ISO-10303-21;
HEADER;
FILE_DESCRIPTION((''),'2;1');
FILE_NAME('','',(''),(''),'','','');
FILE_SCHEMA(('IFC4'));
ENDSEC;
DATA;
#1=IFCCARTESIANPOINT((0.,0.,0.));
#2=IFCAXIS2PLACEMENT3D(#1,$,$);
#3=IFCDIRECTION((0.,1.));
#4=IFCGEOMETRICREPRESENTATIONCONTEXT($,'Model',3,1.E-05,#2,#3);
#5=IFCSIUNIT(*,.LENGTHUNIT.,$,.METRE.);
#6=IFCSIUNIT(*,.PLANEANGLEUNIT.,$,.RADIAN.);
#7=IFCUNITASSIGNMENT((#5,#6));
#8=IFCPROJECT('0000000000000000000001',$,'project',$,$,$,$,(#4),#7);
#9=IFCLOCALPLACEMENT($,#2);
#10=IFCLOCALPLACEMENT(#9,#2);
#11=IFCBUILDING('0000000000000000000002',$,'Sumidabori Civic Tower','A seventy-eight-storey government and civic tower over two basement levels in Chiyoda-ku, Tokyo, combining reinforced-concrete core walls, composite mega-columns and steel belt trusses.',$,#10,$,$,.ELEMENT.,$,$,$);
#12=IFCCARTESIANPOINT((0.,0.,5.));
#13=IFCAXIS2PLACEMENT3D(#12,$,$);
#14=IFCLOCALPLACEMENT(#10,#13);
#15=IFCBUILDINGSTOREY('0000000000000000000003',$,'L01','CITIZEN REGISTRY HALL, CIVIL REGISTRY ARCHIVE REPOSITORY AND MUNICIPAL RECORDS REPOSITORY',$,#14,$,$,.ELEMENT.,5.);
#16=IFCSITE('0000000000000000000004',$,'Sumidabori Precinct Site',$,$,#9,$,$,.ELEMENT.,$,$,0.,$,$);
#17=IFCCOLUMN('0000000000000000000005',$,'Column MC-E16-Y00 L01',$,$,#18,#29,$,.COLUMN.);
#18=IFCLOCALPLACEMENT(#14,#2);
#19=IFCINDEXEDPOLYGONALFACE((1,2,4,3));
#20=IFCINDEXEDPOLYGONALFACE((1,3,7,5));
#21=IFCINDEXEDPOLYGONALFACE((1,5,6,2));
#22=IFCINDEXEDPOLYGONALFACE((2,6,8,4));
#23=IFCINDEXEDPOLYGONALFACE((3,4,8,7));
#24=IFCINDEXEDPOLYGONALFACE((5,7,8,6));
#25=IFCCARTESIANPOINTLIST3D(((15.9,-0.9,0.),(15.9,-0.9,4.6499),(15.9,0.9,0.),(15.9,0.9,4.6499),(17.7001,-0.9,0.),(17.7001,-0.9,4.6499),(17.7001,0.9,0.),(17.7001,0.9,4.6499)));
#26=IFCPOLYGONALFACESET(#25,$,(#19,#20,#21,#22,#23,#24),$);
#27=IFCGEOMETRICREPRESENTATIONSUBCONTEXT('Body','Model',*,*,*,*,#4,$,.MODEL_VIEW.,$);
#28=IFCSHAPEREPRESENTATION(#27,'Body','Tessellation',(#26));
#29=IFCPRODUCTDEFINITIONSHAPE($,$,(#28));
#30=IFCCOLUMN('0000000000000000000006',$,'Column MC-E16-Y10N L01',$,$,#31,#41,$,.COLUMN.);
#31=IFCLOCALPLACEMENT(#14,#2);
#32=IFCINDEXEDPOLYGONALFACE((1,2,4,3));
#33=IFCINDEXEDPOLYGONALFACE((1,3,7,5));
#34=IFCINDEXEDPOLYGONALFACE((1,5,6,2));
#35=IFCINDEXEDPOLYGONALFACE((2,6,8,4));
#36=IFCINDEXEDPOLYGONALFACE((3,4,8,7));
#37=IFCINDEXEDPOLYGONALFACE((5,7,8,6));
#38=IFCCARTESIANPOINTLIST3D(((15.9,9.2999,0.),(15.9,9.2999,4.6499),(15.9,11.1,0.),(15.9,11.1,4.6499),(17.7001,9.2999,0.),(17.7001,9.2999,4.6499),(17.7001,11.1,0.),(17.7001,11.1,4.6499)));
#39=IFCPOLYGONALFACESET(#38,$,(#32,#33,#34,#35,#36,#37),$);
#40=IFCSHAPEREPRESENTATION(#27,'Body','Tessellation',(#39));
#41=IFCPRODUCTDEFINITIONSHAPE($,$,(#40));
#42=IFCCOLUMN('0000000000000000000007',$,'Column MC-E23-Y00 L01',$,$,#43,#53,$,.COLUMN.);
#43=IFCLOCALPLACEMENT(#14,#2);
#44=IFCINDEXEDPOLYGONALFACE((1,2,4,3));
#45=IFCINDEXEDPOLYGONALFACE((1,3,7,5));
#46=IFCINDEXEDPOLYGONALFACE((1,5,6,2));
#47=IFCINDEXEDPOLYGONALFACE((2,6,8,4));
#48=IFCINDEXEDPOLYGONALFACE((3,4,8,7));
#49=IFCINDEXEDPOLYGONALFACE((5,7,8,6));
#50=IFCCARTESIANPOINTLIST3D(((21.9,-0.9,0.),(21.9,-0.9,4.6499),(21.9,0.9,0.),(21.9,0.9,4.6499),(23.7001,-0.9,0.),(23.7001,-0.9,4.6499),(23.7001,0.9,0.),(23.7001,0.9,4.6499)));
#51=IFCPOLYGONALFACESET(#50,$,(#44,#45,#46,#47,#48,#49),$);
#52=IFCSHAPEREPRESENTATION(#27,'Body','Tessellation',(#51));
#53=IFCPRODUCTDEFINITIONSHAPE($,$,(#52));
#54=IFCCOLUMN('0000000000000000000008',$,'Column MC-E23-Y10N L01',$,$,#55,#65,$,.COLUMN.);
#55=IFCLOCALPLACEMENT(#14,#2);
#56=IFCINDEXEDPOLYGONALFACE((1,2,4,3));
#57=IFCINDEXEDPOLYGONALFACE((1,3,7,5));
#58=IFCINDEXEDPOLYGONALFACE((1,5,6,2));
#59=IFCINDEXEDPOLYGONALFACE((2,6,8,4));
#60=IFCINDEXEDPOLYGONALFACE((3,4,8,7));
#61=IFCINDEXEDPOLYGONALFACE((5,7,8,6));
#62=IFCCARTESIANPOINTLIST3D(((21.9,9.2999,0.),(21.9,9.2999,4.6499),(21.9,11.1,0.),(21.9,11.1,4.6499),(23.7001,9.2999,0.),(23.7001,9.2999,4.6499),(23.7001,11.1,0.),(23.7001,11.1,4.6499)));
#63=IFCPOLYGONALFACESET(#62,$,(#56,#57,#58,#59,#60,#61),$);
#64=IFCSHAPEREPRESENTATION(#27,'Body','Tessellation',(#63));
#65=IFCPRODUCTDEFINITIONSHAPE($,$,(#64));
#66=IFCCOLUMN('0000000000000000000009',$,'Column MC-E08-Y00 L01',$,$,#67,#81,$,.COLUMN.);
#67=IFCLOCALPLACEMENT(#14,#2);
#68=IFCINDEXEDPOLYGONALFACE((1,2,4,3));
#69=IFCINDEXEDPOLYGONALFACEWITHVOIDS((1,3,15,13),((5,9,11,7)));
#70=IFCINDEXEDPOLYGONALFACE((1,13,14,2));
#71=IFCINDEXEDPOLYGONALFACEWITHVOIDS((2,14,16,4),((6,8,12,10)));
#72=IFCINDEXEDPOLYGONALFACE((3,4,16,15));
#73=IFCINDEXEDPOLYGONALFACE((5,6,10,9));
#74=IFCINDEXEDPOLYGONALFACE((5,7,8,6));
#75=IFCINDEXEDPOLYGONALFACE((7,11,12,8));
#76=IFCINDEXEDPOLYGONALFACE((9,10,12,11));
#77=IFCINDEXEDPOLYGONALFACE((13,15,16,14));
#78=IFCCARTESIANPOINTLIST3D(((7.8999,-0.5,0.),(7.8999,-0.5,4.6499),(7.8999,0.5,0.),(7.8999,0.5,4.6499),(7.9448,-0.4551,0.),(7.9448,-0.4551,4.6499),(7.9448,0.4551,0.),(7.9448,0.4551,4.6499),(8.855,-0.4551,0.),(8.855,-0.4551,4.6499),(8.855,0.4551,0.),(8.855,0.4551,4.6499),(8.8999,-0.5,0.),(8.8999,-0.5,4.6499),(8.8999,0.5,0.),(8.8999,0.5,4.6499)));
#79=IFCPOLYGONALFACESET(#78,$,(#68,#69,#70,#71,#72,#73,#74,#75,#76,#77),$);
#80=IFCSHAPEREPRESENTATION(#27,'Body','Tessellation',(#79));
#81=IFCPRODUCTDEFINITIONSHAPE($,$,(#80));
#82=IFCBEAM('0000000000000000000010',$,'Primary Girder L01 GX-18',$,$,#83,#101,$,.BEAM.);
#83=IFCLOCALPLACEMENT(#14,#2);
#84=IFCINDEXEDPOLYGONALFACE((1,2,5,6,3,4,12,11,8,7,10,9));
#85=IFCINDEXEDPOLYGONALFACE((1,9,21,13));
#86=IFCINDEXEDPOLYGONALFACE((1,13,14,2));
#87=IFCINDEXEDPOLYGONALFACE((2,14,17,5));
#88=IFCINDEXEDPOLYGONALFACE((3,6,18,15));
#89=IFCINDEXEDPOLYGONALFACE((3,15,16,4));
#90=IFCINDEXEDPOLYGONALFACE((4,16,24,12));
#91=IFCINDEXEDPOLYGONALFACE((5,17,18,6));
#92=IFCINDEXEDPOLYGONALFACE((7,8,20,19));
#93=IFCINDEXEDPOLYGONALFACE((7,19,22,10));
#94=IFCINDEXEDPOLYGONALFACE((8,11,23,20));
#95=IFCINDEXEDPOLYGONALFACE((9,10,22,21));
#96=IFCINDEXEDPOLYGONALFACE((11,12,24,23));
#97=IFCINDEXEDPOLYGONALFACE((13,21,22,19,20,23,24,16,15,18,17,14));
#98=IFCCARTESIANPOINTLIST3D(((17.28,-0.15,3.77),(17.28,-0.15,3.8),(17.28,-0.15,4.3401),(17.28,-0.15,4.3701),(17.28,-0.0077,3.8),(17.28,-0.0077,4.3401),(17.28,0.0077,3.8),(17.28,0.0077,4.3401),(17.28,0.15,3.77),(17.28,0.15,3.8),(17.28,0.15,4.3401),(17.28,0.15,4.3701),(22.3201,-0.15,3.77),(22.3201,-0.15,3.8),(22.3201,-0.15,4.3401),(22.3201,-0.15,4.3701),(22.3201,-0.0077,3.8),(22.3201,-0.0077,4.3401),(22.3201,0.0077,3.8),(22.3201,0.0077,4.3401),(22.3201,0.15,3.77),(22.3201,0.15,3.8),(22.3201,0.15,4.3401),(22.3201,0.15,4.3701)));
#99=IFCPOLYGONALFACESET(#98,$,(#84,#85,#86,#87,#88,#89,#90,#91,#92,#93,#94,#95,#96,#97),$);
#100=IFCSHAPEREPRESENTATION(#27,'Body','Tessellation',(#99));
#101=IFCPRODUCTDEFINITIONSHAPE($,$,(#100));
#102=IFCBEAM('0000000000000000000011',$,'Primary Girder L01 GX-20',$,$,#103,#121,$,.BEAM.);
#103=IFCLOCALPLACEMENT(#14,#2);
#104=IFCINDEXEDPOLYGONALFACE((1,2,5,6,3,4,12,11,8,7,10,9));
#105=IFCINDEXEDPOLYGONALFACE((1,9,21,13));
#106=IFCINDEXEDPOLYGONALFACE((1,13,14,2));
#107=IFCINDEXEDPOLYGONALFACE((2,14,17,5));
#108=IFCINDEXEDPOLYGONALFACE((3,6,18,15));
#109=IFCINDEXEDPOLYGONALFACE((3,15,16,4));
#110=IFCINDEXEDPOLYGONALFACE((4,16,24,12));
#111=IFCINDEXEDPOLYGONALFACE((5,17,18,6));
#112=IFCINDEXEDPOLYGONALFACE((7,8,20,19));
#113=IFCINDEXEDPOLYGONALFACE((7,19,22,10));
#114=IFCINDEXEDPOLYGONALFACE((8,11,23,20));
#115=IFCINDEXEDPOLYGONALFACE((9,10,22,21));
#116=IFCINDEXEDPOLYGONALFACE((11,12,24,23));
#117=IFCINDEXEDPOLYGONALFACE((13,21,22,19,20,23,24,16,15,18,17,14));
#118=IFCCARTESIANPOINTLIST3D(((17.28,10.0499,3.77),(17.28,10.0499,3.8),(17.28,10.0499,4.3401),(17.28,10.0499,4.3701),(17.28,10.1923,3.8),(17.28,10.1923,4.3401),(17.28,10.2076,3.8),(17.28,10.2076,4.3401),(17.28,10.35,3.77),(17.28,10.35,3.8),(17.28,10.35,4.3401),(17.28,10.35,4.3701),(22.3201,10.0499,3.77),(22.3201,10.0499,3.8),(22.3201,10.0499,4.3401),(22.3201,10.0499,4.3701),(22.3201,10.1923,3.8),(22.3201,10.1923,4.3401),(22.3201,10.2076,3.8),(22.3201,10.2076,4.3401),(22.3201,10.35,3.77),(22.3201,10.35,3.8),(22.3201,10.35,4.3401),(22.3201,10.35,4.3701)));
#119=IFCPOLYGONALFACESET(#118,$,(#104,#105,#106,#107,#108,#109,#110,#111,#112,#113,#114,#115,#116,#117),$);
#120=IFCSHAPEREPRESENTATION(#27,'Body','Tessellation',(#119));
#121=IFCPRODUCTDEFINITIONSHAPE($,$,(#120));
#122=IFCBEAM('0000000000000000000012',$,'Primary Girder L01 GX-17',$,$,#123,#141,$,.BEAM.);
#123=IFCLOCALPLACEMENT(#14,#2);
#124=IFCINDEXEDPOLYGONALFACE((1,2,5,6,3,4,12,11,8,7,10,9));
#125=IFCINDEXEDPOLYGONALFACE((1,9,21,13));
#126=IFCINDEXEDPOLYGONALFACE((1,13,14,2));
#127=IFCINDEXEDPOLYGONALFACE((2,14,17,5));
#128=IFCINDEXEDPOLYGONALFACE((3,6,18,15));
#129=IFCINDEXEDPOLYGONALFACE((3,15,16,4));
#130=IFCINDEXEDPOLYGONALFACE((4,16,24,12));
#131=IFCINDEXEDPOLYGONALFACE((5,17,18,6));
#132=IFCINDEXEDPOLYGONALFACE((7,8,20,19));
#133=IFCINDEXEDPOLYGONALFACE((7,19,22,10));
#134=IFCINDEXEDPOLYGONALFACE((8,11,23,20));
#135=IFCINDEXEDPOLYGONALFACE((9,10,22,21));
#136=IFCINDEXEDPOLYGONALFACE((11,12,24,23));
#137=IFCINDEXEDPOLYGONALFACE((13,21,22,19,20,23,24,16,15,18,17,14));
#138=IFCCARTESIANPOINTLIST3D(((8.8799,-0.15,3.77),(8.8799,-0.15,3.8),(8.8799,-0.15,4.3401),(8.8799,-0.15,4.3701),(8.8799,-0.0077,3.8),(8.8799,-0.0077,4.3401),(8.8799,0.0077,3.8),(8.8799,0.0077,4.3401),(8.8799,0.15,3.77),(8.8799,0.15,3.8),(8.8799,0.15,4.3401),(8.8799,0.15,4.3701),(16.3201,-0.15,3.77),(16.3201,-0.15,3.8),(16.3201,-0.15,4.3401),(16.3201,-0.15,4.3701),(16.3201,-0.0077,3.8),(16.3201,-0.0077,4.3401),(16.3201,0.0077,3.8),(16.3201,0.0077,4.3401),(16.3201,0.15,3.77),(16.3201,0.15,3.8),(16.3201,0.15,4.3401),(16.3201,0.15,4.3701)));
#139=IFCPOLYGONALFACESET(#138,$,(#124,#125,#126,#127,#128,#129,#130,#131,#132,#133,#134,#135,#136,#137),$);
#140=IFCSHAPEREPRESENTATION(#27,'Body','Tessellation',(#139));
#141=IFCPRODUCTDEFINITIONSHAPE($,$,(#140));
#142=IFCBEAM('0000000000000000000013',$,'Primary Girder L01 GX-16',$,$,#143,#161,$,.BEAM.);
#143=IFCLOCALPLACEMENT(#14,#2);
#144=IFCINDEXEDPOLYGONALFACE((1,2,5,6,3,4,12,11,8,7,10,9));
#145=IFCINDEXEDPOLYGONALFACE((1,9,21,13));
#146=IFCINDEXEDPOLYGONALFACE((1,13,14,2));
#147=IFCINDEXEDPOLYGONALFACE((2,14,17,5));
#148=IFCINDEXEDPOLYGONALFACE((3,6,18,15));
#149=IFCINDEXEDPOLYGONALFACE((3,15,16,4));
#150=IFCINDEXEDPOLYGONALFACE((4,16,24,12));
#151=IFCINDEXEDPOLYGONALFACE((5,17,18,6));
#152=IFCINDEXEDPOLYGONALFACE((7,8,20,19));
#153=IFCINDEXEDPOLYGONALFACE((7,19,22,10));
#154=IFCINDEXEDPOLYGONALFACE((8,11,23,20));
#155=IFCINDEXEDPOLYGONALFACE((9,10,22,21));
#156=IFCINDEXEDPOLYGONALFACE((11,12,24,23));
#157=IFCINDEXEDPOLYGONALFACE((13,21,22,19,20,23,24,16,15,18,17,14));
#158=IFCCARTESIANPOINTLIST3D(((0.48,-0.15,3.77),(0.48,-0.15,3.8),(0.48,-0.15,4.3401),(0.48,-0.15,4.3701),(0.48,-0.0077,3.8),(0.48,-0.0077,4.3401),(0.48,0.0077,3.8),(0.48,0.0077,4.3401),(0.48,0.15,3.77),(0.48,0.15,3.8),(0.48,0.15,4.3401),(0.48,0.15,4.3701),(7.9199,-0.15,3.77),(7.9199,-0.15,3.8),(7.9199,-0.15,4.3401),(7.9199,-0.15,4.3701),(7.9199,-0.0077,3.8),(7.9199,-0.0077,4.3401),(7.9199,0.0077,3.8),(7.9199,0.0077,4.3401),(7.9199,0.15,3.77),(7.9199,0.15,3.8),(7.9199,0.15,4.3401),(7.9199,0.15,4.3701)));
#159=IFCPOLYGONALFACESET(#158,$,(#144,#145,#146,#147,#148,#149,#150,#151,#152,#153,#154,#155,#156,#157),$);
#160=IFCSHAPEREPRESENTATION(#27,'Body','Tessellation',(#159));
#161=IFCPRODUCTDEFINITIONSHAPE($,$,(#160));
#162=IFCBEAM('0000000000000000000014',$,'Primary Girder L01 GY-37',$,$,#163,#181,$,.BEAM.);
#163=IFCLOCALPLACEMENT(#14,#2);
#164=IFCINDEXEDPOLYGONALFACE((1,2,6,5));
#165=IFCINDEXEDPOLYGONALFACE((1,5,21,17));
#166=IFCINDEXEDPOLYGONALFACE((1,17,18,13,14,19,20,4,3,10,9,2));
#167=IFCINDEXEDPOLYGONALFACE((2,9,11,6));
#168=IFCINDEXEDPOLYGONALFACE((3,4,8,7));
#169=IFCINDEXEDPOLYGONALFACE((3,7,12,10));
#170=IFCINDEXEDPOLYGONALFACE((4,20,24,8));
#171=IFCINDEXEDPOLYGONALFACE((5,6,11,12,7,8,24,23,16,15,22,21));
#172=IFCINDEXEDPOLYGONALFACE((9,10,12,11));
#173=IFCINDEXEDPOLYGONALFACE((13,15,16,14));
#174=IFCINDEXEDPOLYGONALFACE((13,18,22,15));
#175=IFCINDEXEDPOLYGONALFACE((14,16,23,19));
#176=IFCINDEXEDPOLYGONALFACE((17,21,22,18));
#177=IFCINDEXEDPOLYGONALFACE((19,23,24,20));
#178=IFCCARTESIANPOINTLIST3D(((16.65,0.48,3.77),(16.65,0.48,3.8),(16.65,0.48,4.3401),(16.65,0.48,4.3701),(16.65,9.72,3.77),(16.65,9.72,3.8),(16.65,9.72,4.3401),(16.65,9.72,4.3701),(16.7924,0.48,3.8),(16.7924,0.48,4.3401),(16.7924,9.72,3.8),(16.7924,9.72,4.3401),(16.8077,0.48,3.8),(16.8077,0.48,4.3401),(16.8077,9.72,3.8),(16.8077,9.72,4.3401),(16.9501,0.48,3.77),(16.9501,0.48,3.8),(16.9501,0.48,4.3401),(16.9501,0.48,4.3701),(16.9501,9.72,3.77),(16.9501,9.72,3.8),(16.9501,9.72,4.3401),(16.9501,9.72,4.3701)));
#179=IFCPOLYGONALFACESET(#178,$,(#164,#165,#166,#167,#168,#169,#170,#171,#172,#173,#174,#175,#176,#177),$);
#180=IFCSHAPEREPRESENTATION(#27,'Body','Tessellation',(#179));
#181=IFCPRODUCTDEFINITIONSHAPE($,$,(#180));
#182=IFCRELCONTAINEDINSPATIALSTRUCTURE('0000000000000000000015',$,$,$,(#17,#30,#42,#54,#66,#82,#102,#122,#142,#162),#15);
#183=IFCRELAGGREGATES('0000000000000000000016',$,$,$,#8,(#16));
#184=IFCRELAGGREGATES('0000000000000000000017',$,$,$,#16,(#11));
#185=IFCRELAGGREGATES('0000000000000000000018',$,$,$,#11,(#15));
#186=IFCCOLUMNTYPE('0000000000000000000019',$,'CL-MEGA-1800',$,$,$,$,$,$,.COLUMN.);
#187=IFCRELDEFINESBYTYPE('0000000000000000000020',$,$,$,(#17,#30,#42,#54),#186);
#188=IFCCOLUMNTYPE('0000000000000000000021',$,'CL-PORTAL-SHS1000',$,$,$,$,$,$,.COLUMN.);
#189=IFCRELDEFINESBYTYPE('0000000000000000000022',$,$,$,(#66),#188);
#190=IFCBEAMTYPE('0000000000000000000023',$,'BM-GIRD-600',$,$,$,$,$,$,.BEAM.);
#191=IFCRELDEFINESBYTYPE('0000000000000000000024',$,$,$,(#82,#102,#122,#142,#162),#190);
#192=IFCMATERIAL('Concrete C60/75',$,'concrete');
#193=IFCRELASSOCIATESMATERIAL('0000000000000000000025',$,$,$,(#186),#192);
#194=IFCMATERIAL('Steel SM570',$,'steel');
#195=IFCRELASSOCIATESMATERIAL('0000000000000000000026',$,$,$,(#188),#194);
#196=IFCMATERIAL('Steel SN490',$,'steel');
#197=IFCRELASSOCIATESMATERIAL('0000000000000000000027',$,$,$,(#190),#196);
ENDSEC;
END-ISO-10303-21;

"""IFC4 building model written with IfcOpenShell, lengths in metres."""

from ifc_helpers import new_model, si_unit, direction, frame, origin, origin_2d, place, context, subcontext, project, spatial, rectangle, hollow_rectangle, i_section, extrude, source, transform, mapped, material, material_profile, profile_set, type_object, element, save


model = new_model("IFC4")

# Units and contexts
model_context = context("Model", 3, precision=1e-05, world=origin(), true_north=direction((0.0, 1.0)))
body_context = subcontext(model_context, "Body", "Model", "MODEL_VIEW")
ifc_project = project(units=[si_unit("LENGTHUNIT", "METRE"), si_unit("PLANEANGLEUNIT", "RADIAN")], contexts=[model_context])

# Site, building, storey
site_placement = place(None, origin())
site = spatial("IfcSite", under=ifc_project, at=site_placement, Name="Sumidabori Precinct Site", CompositionType="ELEMENT", RefElevation=0.0)
building_placement = place(site_placement, origin())
building = spatial("IfcBuilding", under=site, at=building_placement, Name="Sumidabori Civic Tower", Description="A seventy-eight-storey government and civic tower over two basement levels in Chiyoda-ku, Tokyo, combining reinforced-concrete core walls, composite mega-columns and steel belt trusses.", CompositionType="ELEMENT")
storey_placement = place(building_placement, frame((0.0, 0.0, 5.0)))
storey = spatial("IfcBuildingStorey", under=building, at=storey_placement, Name="L01", Description="CITIZEN REGISTRY HALL, CIVIL REGISTRY ARCHIVE REPOSITORY AND MUNICIPAL RECORDS REPOSITORY", CompositionType="ELEMENT", Elevation=5.0)

# Columns
ifc_material_1 = material(Name="Concrete C60/75", Category="concrete")
ifc_material_profile_1 = material_profile(ifc_material_1, rectangle(XDim=1.8, YDim=1.8, at=origin_2d()), Name="RC 1800x1800")
ifc_profile_set_1 = profile_set([ifc_material_profile_1], Name="Concrete C60/75")
column_type_1 = type_object("IfcColumnType", Name="CL-MEGA-1800", PredefinedType="COLUMN", material=ifc_profile_set_1)
shared_shape_1 = source(origin(), body_context, "Body", "SweptSolid", [
    extrude(rectangle(XDim=1.8, YDim=1.8, at=origin_2d()), origin(), (0.0, 0.0, 1.0), 4.6499),
])
for number, where, z_axis, x_axis, name in (
    (1, (16.8, 0.0, 0.0), (0.0, 0.0, 1.0), (1.0, 0.0, 0.0), "Column MC-E16-Y00 L01"),
    (2, (16.8, 10.2, 0.0), (0.0, 0.0, 1.0), (1.0, 0.0, 0.0), "Column MC-E16-Y10N L01"),
    (3, (22.8, 0.0, 0.0), (0.0, 0.0, 1.0), (1.0, 0.0, 0.0), "Column MC-E23-Y00 L01"),
    (4, (22.8, 10.2, 0.0), (0.0, 0.0, 1.0), (1.0, 0.0, 0.0), "Column MC-E23-Y10N L01"),
):
    element("IfcColumn", number, at=place(storey_placement, frame(where, z_axis=z_axis, x_axis=x_axis)), inside=storey, type_object=column_type_1, Name=name, PredefinedType="COLUMN", context=body_context, shape_type="MappedRepresentation", body=[
        mapped(shared_shape_1, transform((0.0, 0.0, 0.0), x_axis=(1.0, 0.0, 0.0), y_axis=(0.0, 1.0, 0.0), z_axis=(0.0, 0.0, 1.0), scale=1.0)),
    ])
ifc_material_2 = material(Name="Steel SM570", Category="steel")
ifc_material_profile_2 = material_profile(ifc_material_2, hollow_rectangle(XDim=1.0, YDim=1.0, WallThickness=0.0449, at=origin_2d()), Name="SHS 1000x1000x45")
ifc_profile_set_2 = profile_set([ifc_material_profile_2], Name="Steel SM570")
column_type_2 = type_object("IfcColumnType", Name="CL-PORTAL-SHS1000", PredefinedType="COLUMN", material=ifc_profile_set_2)
shared_shape_2 = source(origin(), body_context, "Body", "SweptSolid", [
    extrude(hollow_rectangle(XDim=1.0, YDim=1.0, WallThickness=0.0449, at=origin_2d()), origin(), (0.0, 0.0, 1.0), 4.6499),
])
column_placement = place(storey_placement, frame((8.3999, 0.0, 0.0), z_axis=(0.0, 0.0, 1.0), x_axis=(1.0, 0.0, 0.0)))
element("IfcColumn", 5, at=column_placement, inside=storey, type_object=column_type_2, Name="Column MC-E08-Y00 L01", PredefinedType="COLUMN", context=body_context, shape_type="MappedRepresentation", body=[
    mapped(shared_shape_2, transform((0.0, 0.0, 0.0), x_axis=(1.0, 0.0, 0.0), y_axis=(0.0, 1.0, 0.0), z_axis=(0.0, 0.0, 1.0), scale=1.0)),
])

# Beams
ifc_material_3 = material(Name="Steel SN490", Category="steel")
ifc_material_profile_3 = material_profile(ifc_material_3, i_section(OverallWidth=0.3, OverallDepth=0.6001, WebThickness=0.0154, FlangeThickness=0.03, at=origin_2d()), Name="HE 600 B")
ifc_profile_set_3 = profile_set([ifc_material_profile_3], Name="Steel SN490")
beam_type_1 = type_object("IfcBeamType", Name="BM-GIRD-600", PredefinedType="BEAM", material=ifc_profile_set_3)
shared_shape_3 = source(origin(), body_context, "Body", "SweptSolid", [
    extrude(i_section(OverallWidth=0.3, OverallDepth=0.6001, WebThickness=0.0154, FlangeThickness=0.03, at=origin_2d()), origin(), (0.0, 0.0, 1.0), 5.04),
])
for number, where, z_axis, x_axis, name in (
    (6, (17.28, 0.0, 4.0701), (1.0, 0.0, 0.0), (0.0, 1.0, 0.0), "Primary Girder L01 GX-18"),
    (7, (17.28, 10.2, 4.0701), (1.0, 0.0, 0.0), (0.0, 1.0, 0.0), "Primary Girder L01 GX-20"),
):
    element("IfcBeam", number, at=place(storey_placement, frame(where, z_axis=z_axis, x_axis=x_axis)), inside=storey, type_object=beam_type_1, Name=name, PredefinedType="BEAM", context=body_context, shape_type="MappedRepresentation", body=[
        mapped(shared_shape_3, transform((0.0, 0.0, 0.0), x_axis=(1.0, 0.0, 0.0), y_axis=(0.0, 1.0, 0.0), z_axis=(0.0, 0.0, 1.0), scale=1.0)),
    ])
shared_shape_4 = source(origin(), body_context, "Body", "SweptSolid", [
    extrude(i_section(OverallWidth=0.3, OverallDepth=0.6001, WebThickness=0.0154, FlangeThickness=0.03, at=origin_2d()), origin(), (0.0, 0.0, 1.0), 7.4402),
])
beam_1_placement = place(storey_placement, frame((8.8799, 0.0, 4.0701), z_axis=(1.0, 0.0, 0.0), x_axis=(0.0, 1.0, 0.0)))
element("IfcBeam", 8, at=beam_1_placement, inside=storey, type_object=beam_type_1, Name="Primary Girder L01 GX-17", PredefinedType="BEAM", context=body_context, shape_type="MappedRepresentation", body=[
    mapped(shared_shape_4, transform((0.0, 0.0, 0.0), x_axis=(1.0, 0.0, 0.0), y_axis=(0.0, 1.0, 0.0), z_axis=(0.0, 0.0, 1.0), scale=1.0)),
])
shared_shape_5 = source(origin(), body_context, "Body", "SweptSolid", [
    extrude(i_section(OverallWidth=0.3, OverallDepth=0.6001, WebThickness=0.0154, FlangeThickness=0.03, at=origin_2d()), origin(), (0.0, 0.0, 1.0), 7.4399),
])
beam_2_placement = place(storey_placement, frame((0.48, 0.0, 4.0701), z_axis=(1.0, 0.0, 0.0), x_axis=(0.0, 1.0, 0.0)))
element("IfcBeam", 9, at=beam_2_placement, inside=storey, type_object=beam_type_1, Name="Primary Girder L01 GX-16", PredefinedType="BEAM", context=body_context, shape_type="MappedRepresentation", body=[
    mapped(shared_shape_5, transform((0.0, 0.0, 0.0), x_axis=(1.0, 0.0, 0.0), y_axis=(0.0, 1.0, 0.0), z_axis=(0.0, 0.0, 1.0), scale=1.0)),
])
shared_shape_6 = source(origin(), body_context, "Body", "SweptSolid", [
    extrude(i_section(OverallWidth=0.3, OverallDepth=0.6001, WebThickness=0.0154, FlangeThickness=0.03, at=origin_2d()), origin(), (0.0, 0.0, 1.0), 9.24),
])
for number, where, z_axis, x_axis, name in (
    (10, (16.8, 0.48, 4.0701), (0.0, 1.0, 0.0), (-1.0, 0.0, 0.0), "Primary Girder L01 GY-37"),
):
    element("IfcBeam", number, at=place(storey_placement, frame(where, z_axis=z_axis, x_axis=x_axis)), inside=storey, type_object=beam_type_1, Name=name, PredefinedType="BEAM", context=body_context, shape_type="MappedRepresentation", body=[
        mapped(shared_shape_6, transform((0.0, 0.0, 0.0), x_axis=(1.0, 0.0, 0.0), y_axis=(0.0, 1.0, 0.0), z_axis=(0.0, 0.0, 1.0), scale=1.0)),
    ])

save(model, "model.ifc")
